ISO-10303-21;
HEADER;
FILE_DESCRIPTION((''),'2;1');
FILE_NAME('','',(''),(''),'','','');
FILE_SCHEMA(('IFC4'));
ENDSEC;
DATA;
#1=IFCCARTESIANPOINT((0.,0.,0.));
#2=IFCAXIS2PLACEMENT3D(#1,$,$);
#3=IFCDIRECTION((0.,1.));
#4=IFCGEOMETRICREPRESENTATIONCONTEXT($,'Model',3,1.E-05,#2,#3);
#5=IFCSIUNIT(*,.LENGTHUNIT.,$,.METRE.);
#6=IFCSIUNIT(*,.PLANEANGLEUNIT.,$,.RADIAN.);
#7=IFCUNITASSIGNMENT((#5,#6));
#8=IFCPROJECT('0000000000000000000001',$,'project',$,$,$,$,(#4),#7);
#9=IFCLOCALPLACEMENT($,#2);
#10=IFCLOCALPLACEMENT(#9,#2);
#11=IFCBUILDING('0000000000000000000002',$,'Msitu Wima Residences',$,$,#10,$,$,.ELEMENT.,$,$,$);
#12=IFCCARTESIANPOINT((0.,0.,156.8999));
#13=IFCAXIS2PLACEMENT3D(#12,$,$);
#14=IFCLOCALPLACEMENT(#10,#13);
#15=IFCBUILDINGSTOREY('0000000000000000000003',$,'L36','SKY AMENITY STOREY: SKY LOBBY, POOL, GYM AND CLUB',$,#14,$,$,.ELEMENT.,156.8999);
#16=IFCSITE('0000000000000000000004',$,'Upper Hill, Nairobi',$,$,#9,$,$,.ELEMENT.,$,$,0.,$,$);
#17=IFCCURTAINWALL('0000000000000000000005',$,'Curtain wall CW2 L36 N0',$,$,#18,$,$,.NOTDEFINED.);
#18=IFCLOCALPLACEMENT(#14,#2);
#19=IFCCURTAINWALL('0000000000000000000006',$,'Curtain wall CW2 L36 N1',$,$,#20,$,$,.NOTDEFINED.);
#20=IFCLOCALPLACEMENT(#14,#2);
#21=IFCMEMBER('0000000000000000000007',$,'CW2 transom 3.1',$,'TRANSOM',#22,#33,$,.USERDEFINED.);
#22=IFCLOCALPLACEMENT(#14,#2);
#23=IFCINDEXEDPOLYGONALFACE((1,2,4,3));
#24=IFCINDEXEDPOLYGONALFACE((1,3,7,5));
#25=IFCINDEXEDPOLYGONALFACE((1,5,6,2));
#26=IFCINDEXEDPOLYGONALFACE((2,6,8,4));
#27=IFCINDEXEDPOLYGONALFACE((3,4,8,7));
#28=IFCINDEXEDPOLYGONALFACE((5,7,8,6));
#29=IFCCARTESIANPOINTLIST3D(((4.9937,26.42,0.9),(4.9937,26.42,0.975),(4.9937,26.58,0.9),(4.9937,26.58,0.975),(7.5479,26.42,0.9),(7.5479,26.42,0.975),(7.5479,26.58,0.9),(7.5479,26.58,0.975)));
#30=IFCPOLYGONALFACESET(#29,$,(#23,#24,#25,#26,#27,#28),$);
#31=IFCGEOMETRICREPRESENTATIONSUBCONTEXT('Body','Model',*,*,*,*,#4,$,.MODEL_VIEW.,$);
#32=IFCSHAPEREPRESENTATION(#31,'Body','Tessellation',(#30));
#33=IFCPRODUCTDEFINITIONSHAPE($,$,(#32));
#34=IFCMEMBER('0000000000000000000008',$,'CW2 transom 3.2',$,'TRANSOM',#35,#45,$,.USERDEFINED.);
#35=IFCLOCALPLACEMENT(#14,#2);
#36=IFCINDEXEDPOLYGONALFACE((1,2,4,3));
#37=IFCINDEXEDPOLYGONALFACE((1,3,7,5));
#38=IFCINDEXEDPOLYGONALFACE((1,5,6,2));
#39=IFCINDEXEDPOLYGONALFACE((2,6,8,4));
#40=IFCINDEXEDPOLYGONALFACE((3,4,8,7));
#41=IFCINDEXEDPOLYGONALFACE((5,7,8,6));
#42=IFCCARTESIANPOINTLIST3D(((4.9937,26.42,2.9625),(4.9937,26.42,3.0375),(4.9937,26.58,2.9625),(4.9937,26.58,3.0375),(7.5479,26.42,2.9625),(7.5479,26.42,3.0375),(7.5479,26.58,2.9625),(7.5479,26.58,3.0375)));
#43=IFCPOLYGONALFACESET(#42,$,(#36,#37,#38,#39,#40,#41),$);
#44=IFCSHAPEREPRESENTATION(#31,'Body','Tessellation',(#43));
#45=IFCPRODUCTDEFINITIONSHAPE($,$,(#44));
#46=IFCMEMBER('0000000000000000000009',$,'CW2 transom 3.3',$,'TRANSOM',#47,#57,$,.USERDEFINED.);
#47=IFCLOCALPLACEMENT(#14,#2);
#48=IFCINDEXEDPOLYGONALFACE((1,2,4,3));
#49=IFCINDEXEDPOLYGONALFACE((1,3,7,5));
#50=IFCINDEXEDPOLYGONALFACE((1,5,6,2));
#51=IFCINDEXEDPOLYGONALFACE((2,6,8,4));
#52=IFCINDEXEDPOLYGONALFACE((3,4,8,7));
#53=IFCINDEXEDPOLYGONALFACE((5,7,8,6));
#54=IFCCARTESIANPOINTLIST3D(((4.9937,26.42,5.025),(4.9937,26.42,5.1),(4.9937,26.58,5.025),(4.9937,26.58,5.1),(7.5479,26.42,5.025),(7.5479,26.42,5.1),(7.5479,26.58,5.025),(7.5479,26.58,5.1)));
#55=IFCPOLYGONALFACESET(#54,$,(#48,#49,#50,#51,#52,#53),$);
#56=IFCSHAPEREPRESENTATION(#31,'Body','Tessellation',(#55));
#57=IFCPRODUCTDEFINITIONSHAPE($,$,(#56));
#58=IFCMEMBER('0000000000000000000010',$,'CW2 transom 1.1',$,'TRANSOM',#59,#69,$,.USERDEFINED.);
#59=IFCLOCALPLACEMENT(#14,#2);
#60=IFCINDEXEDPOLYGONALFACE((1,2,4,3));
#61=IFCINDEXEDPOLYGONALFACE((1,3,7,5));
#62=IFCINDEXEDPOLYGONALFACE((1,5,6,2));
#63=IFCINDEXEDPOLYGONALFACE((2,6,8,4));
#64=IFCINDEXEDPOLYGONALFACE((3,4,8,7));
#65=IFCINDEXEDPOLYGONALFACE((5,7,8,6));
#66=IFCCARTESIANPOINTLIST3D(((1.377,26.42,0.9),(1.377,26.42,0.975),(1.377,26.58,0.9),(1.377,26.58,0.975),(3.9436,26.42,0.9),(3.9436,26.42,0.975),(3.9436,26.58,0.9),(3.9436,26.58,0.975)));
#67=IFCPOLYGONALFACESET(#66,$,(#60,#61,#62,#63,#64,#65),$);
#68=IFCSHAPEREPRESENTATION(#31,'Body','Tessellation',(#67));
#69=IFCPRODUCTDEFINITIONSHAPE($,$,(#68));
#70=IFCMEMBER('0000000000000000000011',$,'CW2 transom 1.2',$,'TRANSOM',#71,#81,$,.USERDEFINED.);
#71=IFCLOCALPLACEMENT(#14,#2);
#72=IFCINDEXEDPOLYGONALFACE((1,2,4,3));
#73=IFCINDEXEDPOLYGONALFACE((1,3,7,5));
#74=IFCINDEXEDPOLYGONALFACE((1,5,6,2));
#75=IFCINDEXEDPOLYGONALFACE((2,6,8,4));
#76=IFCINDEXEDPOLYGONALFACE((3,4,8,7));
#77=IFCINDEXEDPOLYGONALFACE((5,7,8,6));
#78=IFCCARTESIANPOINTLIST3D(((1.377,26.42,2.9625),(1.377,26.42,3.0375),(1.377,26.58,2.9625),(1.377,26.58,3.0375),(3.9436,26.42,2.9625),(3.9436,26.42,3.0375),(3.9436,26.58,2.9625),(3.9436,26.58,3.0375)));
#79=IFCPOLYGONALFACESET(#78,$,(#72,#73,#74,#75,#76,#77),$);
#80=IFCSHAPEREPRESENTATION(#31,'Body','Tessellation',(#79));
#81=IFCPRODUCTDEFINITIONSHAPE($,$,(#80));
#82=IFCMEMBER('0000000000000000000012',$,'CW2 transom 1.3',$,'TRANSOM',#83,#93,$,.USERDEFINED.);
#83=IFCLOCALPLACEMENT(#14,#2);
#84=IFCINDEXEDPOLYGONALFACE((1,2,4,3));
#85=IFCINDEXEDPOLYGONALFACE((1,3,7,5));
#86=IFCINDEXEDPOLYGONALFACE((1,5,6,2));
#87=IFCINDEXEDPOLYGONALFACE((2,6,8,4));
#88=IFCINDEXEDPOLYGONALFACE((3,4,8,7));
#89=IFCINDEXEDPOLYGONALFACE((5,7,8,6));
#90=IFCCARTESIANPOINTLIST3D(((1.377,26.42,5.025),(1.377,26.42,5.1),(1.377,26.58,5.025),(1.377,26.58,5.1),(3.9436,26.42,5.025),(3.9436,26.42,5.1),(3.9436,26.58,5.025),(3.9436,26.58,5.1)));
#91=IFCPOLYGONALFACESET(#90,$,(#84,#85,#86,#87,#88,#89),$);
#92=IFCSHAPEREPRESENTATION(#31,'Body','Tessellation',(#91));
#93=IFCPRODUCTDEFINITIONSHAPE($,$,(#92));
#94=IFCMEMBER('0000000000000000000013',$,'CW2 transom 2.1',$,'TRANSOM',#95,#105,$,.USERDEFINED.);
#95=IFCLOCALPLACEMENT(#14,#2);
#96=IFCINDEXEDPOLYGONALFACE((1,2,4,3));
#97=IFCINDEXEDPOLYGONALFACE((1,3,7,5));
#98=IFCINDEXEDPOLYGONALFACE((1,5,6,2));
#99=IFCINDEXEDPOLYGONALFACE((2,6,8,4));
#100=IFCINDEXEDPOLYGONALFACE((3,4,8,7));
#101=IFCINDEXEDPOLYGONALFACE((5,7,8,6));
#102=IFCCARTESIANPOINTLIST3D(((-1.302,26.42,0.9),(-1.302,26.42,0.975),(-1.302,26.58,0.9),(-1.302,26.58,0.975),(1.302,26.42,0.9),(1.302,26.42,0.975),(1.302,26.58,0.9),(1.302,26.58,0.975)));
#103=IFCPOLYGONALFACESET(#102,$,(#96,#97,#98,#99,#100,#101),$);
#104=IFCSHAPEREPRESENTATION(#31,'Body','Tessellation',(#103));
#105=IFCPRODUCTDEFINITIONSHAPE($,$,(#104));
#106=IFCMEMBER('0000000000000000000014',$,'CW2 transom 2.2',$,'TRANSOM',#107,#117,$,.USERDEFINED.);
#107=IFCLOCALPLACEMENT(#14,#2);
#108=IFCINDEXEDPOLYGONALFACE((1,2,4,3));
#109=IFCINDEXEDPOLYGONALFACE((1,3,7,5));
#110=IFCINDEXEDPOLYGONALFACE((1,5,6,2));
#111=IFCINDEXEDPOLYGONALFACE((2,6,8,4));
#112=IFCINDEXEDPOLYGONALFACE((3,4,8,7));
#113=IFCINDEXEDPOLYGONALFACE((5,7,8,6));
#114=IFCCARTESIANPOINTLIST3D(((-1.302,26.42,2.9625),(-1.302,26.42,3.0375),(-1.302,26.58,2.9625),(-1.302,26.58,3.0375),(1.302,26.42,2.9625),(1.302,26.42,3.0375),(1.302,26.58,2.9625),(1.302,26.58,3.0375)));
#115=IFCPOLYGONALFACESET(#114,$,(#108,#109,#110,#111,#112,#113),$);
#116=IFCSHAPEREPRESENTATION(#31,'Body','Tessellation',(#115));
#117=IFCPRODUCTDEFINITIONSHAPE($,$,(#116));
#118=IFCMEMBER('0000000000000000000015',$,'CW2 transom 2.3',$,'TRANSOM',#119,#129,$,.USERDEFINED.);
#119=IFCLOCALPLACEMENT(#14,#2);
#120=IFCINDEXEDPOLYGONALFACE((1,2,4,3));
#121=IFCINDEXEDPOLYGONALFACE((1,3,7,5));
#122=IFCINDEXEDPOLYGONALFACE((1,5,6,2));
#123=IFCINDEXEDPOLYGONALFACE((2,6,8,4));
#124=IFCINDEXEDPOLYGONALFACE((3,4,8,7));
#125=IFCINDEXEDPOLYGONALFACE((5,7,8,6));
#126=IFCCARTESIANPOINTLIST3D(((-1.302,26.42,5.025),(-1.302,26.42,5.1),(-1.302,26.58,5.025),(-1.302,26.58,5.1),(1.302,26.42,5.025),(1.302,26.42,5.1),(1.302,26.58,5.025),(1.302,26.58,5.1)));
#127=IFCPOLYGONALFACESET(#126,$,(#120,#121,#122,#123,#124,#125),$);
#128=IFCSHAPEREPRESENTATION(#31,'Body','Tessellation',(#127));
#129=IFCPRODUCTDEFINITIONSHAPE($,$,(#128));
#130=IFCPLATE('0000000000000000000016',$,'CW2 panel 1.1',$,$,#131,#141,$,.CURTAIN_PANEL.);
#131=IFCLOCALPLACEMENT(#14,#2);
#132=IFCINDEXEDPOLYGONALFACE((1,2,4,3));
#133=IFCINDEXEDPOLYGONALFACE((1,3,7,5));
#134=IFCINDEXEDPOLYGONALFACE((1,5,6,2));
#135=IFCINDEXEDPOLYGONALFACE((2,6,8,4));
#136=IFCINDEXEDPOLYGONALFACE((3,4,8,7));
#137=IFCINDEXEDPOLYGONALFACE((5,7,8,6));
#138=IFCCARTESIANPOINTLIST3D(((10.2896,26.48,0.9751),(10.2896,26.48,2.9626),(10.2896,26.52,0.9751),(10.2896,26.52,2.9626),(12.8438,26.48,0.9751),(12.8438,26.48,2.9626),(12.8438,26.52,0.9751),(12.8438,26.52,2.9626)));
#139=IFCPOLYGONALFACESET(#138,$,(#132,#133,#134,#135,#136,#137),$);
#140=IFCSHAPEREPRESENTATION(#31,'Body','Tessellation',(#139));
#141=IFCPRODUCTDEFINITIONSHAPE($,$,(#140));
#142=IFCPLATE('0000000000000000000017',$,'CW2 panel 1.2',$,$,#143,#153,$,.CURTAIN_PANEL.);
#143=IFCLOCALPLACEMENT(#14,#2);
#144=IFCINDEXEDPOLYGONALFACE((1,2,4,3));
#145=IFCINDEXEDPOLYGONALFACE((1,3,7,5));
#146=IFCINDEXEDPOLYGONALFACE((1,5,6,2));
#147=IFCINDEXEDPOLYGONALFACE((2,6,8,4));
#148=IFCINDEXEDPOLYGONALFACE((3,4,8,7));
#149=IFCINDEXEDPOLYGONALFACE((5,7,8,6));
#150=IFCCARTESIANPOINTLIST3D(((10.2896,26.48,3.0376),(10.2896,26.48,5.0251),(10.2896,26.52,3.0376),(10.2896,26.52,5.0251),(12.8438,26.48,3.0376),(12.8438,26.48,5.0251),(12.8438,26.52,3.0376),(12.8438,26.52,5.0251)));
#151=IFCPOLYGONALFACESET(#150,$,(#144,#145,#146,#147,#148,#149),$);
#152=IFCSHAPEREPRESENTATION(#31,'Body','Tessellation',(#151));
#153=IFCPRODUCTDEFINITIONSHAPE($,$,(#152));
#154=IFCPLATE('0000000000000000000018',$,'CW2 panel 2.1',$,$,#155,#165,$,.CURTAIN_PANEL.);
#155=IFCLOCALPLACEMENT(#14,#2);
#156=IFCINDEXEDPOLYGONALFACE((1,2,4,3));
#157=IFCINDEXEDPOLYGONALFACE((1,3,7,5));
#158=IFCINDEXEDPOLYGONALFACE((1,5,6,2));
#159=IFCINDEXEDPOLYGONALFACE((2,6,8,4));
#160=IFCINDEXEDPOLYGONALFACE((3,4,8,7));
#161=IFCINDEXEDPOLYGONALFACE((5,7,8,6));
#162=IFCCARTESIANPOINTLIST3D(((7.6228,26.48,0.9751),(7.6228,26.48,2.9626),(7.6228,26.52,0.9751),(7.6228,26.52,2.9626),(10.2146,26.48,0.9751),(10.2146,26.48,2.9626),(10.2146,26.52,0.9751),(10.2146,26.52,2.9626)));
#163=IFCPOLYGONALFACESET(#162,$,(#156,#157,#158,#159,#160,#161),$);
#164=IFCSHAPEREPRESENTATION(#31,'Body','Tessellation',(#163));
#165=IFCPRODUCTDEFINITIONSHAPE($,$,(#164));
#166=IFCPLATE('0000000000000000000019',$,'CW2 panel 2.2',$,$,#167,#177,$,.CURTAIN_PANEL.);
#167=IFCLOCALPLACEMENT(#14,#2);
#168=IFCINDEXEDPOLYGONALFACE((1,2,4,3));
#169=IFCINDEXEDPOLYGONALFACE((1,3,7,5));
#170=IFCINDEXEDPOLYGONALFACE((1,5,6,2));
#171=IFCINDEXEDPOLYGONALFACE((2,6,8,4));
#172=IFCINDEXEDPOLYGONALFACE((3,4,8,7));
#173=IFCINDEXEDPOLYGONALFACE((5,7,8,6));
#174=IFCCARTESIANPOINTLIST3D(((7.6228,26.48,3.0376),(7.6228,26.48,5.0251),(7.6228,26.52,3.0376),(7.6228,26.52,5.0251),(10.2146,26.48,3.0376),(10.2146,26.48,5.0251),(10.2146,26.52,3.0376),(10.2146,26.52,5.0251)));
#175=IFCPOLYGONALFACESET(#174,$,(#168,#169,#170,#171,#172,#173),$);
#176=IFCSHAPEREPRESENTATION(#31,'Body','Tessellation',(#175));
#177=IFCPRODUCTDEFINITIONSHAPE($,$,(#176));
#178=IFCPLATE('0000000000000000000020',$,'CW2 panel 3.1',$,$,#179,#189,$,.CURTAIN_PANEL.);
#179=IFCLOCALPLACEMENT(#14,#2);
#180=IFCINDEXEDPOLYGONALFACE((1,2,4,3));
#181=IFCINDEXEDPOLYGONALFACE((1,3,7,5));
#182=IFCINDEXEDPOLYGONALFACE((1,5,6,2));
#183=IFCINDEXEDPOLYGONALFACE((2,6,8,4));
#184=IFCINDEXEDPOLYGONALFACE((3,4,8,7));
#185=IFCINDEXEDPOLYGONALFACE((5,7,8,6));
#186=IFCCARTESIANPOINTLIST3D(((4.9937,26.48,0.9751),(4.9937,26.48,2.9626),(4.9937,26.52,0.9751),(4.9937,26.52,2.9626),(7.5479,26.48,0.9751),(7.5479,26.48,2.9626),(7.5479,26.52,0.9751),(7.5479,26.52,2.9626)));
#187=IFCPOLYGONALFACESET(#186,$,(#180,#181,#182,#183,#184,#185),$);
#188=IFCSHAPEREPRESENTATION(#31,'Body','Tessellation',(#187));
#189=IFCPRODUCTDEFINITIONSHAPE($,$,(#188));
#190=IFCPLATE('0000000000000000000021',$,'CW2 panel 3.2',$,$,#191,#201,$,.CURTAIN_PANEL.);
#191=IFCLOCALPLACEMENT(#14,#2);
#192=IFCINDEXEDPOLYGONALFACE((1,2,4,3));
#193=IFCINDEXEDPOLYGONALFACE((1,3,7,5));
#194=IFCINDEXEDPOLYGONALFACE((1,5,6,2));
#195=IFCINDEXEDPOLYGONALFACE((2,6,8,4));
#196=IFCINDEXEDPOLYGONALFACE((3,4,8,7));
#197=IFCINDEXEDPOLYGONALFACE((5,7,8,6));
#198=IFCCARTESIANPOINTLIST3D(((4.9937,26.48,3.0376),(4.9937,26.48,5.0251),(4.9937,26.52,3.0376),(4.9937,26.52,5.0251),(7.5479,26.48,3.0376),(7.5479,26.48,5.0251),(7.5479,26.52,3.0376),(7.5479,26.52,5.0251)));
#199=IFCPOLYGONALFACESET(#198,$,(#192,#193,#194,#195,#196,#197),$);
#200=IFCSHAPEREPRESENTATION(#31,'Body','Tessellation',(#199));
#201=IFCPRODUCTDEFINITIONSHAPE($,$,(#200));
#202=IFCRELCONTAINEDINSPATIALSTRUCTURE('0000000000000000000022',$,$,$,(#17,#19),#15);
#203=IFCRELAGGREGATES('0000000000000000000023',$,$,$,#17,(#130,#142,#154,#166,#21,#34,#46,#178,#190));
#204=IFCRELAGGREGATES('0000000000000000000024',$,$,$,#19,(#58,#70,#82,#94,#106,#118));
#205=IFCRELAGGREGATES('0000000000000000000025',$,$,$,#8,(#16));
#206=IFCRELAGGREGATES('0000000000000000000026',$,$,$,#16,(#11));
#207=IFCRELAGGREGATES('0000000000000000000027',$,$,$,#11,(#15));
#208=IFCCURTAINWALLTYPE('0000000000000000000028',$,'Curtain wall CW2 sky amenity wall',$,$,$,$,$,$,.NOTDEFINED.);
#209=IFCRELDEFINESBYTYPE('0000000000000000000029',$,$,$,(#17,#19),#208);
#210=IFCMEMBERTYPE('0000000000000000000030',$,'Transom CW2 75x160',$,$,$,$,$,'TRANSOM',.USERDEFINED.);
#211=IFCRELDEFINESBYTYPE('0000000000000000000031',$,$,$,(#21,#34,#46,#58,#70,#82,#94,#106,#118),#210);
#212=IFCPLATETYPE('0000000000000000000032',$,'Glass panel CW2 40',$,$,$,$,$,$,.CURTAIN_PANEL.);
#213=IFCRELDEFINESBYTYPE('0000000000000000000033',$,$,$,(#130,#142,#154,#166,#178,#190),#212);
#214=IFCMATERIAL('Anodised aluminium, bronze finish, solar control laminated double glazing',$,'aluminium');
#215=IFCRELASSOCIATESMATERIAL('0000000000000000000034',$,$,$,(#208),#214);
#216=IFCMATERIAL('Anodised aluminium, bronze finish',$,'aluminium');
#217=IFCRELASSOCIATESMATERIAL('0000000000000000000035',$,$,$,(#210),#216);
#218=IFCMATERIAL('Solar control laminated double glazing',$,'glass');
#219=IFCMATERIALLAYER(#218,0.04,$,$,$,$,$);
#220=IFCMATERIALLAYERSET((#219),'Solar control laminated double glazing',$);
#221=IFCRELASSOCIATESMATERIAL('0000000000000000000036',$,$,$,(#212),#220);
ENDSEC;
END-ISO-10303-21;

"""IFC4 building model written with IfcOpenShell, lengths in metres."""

from ifc_helpers import new_model, si_unit, direction, frame, origin, origin_2d, place, context, subcontext, project, spatial, rectangle, extrude, material, layer, layer_set, material_profile, profile_set, type_object, element, aggregate, save


model = new_model("IFC4")

# Units and contexts
model_context = context("Model", 3, precision=1e-05, world=origin(), true_north=direction((0.0, 1.0)))
body_context = subcontext(model_context, "Body", "Model", "MODEL_VIEW")
ifc_project = project(units=[si_unit("LENGTHUNIT", "METRE"), si_unit("PLANEANGLEUNIT", "RADIAN")], contexts=[model_context])

# Site, building, storey
site_placement = place(None, origin())
site = spatial("IfcSite", under=ifc_project, at=site_placement, Name="Upper Hill, Nairobi", CompositionType="ELEMENT", RefElevation=0.0)
building_placement = place(site_placement, origin())
building = spatial("IfcBuilding", under=site, at=building_placement, Name="Msitu Wima Residences", CompositionType="ELEMENT")
storey_placement = place(building_placement, frame((0.0, 0.0, 156.8999)))
storey = spatial("IfcBuildingStorey", under=building, at=storey_placement, Name="L36", Description="SKY AMENITY STOREY: SKY LOBBY, POOL, GYM AND CLUB", CompositionType="ELEMENT", Elevation=156.8999)

# Curtain walls
ifc_material_1 = material(Name="Anodised aluminium, bronze finish, solar control laminated double glazing", Category="aluminium")
curtain_wall_type = type_object("IfcCurtainWallType", Name="Curtain wall CW2 sky amenity wall", PredefinedType="NOTDEFINED", material=ifc_material_1)
curtain_wall_1_placement = place(storey_placement, origin())
curtain_wall_1 = element("IfcCurtainWall", 1, at=curtain_wall_1_placement, inside=storey, type_object=curtain_wall_type, Name="Curtain wall CW2 L36 N0", PredefinedType="NOTDEFINED")
ifc_material_2 = material(Name="Anodised aluminium, bronze finish", Category="aluminium")
curtain_wall_2_placement = place(storey_placement, origin())
curtain_wall_2 = element("IfcCurtainWall", 2, at=curtain_wall_2_placement, inside=storey, type_object=curtain_wall_type, Name="Curtain wall CW2 L36 N1", PredefinedType="NOTDEFINED")

# Members
ifc_material_profile_1 = material_profile(ifc_material_2, rectangle(XDim=0.1599, YDim=0.075, at=origin_2d()), Name="Transom 75x160")
ifc_profile_set_1 = profile_set([ifc_material_profile_1], Name="Anodised aluminium, bronze finish")
member_type_1 = type_object("IfcMemberType", Name="Transom CW2 75x160", ElementType="TRANSOM", PredefinedType="USERDEFINED", material=ifc_profile_set_1)
member_1_placement = place(storey_placement, frame((7.5479, 26.5, 0.9375), z_axis=(-1.0, 0.0, 0.0), x_axis=(0.0, -1.0, 0.0)))
member_1 = element("IfcMember", 3, at=member_1_placement, type_object=member_type_1, Name="CW2 transom 3.1", ObjectType="TRANSOM", PredefinedType="USERDEFINED", context=body_context, shape_type="SweptSolid", body=[
    extrude(rectangle(XDim=0.1599, YDim=0.075, at=origin_2d()), origin(), (0.0, 0.0, 1.0), 2.5542),
])
member_2_placement = place(storey_placement, frame((7.5479, 26.5, 3.0), z_axis=(-1.0, 0.0, 0.0), x_axis=(0.0, -1.0, 0.0)))
member_2 = element("IfcMember", 4, at=member_2_placement, type_object=member_type_1, Name="CW2 transom 3.2", ObjectType="TRANSOM", PredefinedType="USERDEFINED", context=body_context, shape_type="SweptSolid", body=[
    extrude(rectangle(XDim=0.1599, YDim=0.075, at=origin_2d()), origin(), (0.0, 0.0, 1.0), 2.5542),
])
member_3_placement = place(storey_placement, frame((7.5479, 26.5, 5.0625), z_axis=(-1.0, 0.0, 0.0), x_axis=(0.0, -1.0, 0.0)))
member_3 = element("IfcMember", 5, at=member_3_placement, type_object=member_type_1, Name="CW2 transom 3.3", ObjectType="TRANSOM", PredefinedType="USERDEFINED", context=body_context, shape_type="SweptSolid", body=[
    extrude(rectangle(XDim=0.1599, YDim=0.075, at=origin_2d()), origin(), (0.0, 0.0, 1.0), 2.5542),
])
member_4_placement = place(storey_placement, frame((3.9436, 26.5, 0.9375), z_axis=(-1.0, 0.0, 0.0), x_axis=(0.0, -1.0, 0.0)))
member_4 = element("IfcMember", 6, at=member_4_placement, type_object=member_type_1, Name="CW2 transom 1.1", ObjectType="TRANSOM", PredefinedType="USERDEFINED", context=body_context, shape_type="SweptSolid", body=[
    extrude(rectangle(XDim=0.1599, YDim=0.075, at=origin_2d()), origin(), (0.0, 0.0, 1.0), 2.5667),
])
member_5_placement = place(storey_placement, frame((3.9436, 26.5, 3.0), z_axis=(-1.0, 0.0, 0.0), x_axis=(0.0, -1.0, 0.0)))
member_5 = element("IfcMember", 7, at=member_5_placement, type_object=member_type_1, Name="CW2 transom 1.2", ObjectType="TRANSOM", PredefinedType="USERDEFINED", context=body_context, shape_type="SweptSolid", body=[
    extrude(rectangle(XDim=0.1599, YDim=0.075, at=origin_2d()), origin(), (0.0, 0.0, 1.0), 2.5667),
])
member_6_placement = place(storey_placement, frame((3.9436, 26.5, 5.0625), z_axis=(-1.0, 0.0, 0.0), x_axis=(0.0, -1.0, 0.0)))
member_6 = element("IfcMember", 8, at=member_6_placement, type_object=member_type_1, Name="CW2 transom 1.3", ObjectType="TRANSOM", PredefinedType="USERDEFINED", context=body_context, shape_type="SweptSolid", body=[
    extrude(rectangle(XDim=0.1599, YDim=0.075, at=origin_2d()), origin(), (0.0, 0.0, 1.0), 2.5667),
])
member_7_placement = place(storey_placement, frame((1.302, 26.5, 0.9375), z_axis=(-1.0, 0.0, 0.0), x_axis=(0.0, -1.0, 0.0)))
member_7 = element("IfcMember", 9, at=member_7_placement, type_object=member_type_1, Name="CW2 transom 2.1", ObjectType="TRANSOM", PredefinedType="USERDEFINED", context=body_context, shape_type="SweptSolid", body=[
    extrude(rectangle(XDim=0.1599, YDim=0.075, at=origin_2d()), origin(), (0.0, 0.0, 1.0), 2.604),
])
member_8_placement = place(storey_placement, frame((1.302, 26.5, 3.0), z_axis=(-1.0, 0.0, 0.0), x_axis=(0.0, -1.0, 0.0)))
member_8 = element("IfcMember", 10, at=member_8_placement, type_object=member_type_1, Name="CW2 transom 2.2", ObjectType="TRANSOM", PredefinedType="USERDEFINED", context=body_context, shape_type="SweptSolid", body=[
    extrude(rectangle(XDim=0.1599, YDim=0.075, at=origin_2d()), origin(), (0.0, 0.0, 1.0), 2.604),
])
member_9_placement = place(storey_placement, frame((1.302, 26.5, 5.0625), z_axis=(-1.0, 0.0, 0.0), x_axis=(0.0, -1.0, 0.0)))
member_9 = element("IfcMember", 11, at=member_9_placement, type_object=member_type_1, Name="CW2 transom 2.3", ObjectType="TRANSOM", PredefinedType="USERDEFINED", context=body_context, shape_type="SweptSolid", body=[
    extrude(rectangle(XDim=0.1599, YDim=0.075, at=origin_2d()), origin(), (0.0, 0.0, 1.0), 2.604),
])

# Plates
ifc_material_3 = material(Name="Solar control laminated double glazing", Category="glass")
ifc_layer_1 = layer(ifc_material_3, 0.04)
ifc_layer_set_1 = layer_set([ifc_layer_1], Name="Solar control laminated double glazing")
plate_type = type_object("IfcPlateType", Name="Glass panel CW2 40", PredefinedType="CURTAIN_PANEL", material=ifc_layer_set_1)
plate_1_placement = place(storey_placement, frame((11.5667, 26.5, 0.9751), z_axis=(0.0, 0.0, 1.0), x_axis=(-1.0, 0.0, 0.0)))
plate_1 = element("IfcPlate", 12, at=plate_1_placement, type_object=plate_type, Name="CW2 panel 1.1", PredefinedType="CURTAIN_PANEL", context=body_context, shape_type="SweptSolid", body=[
    extrude(rectangle(XDim=2.5542, YDim=0.04, at=origin_2d()), origin(), (0.0, 0.0, 1.0), 1.9875),
])
plate_2_placement = place(storey_placement, frame((11.5667, 26.5, 3.0376), z_axis=(0.0, 0.0, 1.0), x_axis=(-1.0, 0.0, 0.0)))
plate_2 = element("IfcPlate", 13, at=plate_2_placement, type_object=plate_type, Name="CW2 panel 1.2", PredefinedType="CURTAIN_PANEL", context=body_context, shape_type="SweptSolid", body=[
    extrude(rectangle(XDim=2.5542, YDim=0.04, at=origin_2d()), origin(), (0.0, 0.0, 1.0), 1.9875),
])
plate_3_placement = place(storey_placement, frame((8.9187, 26.5, 0.9751), z_axis=(0.0, 0.0, 1.0), x_axis=(-1.0, 0.0, 0.0)))
plate_3 = element("IfcPlate", 14, at=plate_3_placement, type_object=plate_type, Name="CW2 panel 2.1", PredefinedType="CURTAIN_PANEL", context=body_context, shape_type="SweptSolid", body=[
    extrude(rectangle(XDim=2.5918, YDim=0.04, at=origin_2d()), origin(), (0.0, 0.0, 1.0), 1.9875),
])
plate_4_placement = place(storey_placement, frame((8.9187, 26.5, 3.0376), z_axis=(0.0, 0.0, 1.0), x_axis=(-1.0, 0.0, 0.0)))
plate_4 = element("IfcPlate", 15, at=plate_4_placement, type_object=plate_type, Name="CW2 panel 2.2", PredefinedType="CURTAIN_PANEL", context=body_context, shape_type="SweptSolid", body=[
    extrude(rectangle(XDim=2.5918, YDim=0.04, at=origin_2d()), origin(), (0.0, 0.0, 1.0), 1.9875),
])
plate_5_placement = place(storey_placement, frame((6.2708, 26.5, 0.9751), z_axis=(0.0, 0.0, 1.0), x_axis=(-1.0, 0.0, 0.0)))
plate_5 = element("IfcPlate", 16, at=plate_5_placement, type_object=plate_type, Name="CW2 panel 3.1", PredefinedType="CURTAIN_PANEL", context=body_context, shape_type="SweptSolid", body=[
    extrude(rectangle(XDim=2.5542, YDim=0.04, at=origin_2d()), origin(), (0.0, 0.0, 1.0), 1.9875),
])
plate_6_placement = place(storey_placement, frame((6.2708, 26.5, 3.0376), z_axis=(0.0, 0.0, 1.0), x_axis=(-1.0, 0.0, 0.0)))
plate_6 = element("IfcPlate", 17, at=plate_6_placement, type_object=plate_type, Name="CW2 panel 3.2", PredefinedType="CURTAIN_PANEL", context=body_context, shape_type="SweptSolid", body=[
    extrude(rectangle(XDim=2.5542, YDim=0.04, at=origin_2d()), origin(), (0.0, 0.0, 1.0), 1.9875),
])
aggregate(curtain_wall_1, [plate_1, plate_2, plate_3, plate_4, member_1, member_2, member_3, plate_5, plate_6])
aggregate(curtain_wall_2, [member_4, member_5, member_6, member_7, member_8, member_9])

save(model, "model.ifc")
